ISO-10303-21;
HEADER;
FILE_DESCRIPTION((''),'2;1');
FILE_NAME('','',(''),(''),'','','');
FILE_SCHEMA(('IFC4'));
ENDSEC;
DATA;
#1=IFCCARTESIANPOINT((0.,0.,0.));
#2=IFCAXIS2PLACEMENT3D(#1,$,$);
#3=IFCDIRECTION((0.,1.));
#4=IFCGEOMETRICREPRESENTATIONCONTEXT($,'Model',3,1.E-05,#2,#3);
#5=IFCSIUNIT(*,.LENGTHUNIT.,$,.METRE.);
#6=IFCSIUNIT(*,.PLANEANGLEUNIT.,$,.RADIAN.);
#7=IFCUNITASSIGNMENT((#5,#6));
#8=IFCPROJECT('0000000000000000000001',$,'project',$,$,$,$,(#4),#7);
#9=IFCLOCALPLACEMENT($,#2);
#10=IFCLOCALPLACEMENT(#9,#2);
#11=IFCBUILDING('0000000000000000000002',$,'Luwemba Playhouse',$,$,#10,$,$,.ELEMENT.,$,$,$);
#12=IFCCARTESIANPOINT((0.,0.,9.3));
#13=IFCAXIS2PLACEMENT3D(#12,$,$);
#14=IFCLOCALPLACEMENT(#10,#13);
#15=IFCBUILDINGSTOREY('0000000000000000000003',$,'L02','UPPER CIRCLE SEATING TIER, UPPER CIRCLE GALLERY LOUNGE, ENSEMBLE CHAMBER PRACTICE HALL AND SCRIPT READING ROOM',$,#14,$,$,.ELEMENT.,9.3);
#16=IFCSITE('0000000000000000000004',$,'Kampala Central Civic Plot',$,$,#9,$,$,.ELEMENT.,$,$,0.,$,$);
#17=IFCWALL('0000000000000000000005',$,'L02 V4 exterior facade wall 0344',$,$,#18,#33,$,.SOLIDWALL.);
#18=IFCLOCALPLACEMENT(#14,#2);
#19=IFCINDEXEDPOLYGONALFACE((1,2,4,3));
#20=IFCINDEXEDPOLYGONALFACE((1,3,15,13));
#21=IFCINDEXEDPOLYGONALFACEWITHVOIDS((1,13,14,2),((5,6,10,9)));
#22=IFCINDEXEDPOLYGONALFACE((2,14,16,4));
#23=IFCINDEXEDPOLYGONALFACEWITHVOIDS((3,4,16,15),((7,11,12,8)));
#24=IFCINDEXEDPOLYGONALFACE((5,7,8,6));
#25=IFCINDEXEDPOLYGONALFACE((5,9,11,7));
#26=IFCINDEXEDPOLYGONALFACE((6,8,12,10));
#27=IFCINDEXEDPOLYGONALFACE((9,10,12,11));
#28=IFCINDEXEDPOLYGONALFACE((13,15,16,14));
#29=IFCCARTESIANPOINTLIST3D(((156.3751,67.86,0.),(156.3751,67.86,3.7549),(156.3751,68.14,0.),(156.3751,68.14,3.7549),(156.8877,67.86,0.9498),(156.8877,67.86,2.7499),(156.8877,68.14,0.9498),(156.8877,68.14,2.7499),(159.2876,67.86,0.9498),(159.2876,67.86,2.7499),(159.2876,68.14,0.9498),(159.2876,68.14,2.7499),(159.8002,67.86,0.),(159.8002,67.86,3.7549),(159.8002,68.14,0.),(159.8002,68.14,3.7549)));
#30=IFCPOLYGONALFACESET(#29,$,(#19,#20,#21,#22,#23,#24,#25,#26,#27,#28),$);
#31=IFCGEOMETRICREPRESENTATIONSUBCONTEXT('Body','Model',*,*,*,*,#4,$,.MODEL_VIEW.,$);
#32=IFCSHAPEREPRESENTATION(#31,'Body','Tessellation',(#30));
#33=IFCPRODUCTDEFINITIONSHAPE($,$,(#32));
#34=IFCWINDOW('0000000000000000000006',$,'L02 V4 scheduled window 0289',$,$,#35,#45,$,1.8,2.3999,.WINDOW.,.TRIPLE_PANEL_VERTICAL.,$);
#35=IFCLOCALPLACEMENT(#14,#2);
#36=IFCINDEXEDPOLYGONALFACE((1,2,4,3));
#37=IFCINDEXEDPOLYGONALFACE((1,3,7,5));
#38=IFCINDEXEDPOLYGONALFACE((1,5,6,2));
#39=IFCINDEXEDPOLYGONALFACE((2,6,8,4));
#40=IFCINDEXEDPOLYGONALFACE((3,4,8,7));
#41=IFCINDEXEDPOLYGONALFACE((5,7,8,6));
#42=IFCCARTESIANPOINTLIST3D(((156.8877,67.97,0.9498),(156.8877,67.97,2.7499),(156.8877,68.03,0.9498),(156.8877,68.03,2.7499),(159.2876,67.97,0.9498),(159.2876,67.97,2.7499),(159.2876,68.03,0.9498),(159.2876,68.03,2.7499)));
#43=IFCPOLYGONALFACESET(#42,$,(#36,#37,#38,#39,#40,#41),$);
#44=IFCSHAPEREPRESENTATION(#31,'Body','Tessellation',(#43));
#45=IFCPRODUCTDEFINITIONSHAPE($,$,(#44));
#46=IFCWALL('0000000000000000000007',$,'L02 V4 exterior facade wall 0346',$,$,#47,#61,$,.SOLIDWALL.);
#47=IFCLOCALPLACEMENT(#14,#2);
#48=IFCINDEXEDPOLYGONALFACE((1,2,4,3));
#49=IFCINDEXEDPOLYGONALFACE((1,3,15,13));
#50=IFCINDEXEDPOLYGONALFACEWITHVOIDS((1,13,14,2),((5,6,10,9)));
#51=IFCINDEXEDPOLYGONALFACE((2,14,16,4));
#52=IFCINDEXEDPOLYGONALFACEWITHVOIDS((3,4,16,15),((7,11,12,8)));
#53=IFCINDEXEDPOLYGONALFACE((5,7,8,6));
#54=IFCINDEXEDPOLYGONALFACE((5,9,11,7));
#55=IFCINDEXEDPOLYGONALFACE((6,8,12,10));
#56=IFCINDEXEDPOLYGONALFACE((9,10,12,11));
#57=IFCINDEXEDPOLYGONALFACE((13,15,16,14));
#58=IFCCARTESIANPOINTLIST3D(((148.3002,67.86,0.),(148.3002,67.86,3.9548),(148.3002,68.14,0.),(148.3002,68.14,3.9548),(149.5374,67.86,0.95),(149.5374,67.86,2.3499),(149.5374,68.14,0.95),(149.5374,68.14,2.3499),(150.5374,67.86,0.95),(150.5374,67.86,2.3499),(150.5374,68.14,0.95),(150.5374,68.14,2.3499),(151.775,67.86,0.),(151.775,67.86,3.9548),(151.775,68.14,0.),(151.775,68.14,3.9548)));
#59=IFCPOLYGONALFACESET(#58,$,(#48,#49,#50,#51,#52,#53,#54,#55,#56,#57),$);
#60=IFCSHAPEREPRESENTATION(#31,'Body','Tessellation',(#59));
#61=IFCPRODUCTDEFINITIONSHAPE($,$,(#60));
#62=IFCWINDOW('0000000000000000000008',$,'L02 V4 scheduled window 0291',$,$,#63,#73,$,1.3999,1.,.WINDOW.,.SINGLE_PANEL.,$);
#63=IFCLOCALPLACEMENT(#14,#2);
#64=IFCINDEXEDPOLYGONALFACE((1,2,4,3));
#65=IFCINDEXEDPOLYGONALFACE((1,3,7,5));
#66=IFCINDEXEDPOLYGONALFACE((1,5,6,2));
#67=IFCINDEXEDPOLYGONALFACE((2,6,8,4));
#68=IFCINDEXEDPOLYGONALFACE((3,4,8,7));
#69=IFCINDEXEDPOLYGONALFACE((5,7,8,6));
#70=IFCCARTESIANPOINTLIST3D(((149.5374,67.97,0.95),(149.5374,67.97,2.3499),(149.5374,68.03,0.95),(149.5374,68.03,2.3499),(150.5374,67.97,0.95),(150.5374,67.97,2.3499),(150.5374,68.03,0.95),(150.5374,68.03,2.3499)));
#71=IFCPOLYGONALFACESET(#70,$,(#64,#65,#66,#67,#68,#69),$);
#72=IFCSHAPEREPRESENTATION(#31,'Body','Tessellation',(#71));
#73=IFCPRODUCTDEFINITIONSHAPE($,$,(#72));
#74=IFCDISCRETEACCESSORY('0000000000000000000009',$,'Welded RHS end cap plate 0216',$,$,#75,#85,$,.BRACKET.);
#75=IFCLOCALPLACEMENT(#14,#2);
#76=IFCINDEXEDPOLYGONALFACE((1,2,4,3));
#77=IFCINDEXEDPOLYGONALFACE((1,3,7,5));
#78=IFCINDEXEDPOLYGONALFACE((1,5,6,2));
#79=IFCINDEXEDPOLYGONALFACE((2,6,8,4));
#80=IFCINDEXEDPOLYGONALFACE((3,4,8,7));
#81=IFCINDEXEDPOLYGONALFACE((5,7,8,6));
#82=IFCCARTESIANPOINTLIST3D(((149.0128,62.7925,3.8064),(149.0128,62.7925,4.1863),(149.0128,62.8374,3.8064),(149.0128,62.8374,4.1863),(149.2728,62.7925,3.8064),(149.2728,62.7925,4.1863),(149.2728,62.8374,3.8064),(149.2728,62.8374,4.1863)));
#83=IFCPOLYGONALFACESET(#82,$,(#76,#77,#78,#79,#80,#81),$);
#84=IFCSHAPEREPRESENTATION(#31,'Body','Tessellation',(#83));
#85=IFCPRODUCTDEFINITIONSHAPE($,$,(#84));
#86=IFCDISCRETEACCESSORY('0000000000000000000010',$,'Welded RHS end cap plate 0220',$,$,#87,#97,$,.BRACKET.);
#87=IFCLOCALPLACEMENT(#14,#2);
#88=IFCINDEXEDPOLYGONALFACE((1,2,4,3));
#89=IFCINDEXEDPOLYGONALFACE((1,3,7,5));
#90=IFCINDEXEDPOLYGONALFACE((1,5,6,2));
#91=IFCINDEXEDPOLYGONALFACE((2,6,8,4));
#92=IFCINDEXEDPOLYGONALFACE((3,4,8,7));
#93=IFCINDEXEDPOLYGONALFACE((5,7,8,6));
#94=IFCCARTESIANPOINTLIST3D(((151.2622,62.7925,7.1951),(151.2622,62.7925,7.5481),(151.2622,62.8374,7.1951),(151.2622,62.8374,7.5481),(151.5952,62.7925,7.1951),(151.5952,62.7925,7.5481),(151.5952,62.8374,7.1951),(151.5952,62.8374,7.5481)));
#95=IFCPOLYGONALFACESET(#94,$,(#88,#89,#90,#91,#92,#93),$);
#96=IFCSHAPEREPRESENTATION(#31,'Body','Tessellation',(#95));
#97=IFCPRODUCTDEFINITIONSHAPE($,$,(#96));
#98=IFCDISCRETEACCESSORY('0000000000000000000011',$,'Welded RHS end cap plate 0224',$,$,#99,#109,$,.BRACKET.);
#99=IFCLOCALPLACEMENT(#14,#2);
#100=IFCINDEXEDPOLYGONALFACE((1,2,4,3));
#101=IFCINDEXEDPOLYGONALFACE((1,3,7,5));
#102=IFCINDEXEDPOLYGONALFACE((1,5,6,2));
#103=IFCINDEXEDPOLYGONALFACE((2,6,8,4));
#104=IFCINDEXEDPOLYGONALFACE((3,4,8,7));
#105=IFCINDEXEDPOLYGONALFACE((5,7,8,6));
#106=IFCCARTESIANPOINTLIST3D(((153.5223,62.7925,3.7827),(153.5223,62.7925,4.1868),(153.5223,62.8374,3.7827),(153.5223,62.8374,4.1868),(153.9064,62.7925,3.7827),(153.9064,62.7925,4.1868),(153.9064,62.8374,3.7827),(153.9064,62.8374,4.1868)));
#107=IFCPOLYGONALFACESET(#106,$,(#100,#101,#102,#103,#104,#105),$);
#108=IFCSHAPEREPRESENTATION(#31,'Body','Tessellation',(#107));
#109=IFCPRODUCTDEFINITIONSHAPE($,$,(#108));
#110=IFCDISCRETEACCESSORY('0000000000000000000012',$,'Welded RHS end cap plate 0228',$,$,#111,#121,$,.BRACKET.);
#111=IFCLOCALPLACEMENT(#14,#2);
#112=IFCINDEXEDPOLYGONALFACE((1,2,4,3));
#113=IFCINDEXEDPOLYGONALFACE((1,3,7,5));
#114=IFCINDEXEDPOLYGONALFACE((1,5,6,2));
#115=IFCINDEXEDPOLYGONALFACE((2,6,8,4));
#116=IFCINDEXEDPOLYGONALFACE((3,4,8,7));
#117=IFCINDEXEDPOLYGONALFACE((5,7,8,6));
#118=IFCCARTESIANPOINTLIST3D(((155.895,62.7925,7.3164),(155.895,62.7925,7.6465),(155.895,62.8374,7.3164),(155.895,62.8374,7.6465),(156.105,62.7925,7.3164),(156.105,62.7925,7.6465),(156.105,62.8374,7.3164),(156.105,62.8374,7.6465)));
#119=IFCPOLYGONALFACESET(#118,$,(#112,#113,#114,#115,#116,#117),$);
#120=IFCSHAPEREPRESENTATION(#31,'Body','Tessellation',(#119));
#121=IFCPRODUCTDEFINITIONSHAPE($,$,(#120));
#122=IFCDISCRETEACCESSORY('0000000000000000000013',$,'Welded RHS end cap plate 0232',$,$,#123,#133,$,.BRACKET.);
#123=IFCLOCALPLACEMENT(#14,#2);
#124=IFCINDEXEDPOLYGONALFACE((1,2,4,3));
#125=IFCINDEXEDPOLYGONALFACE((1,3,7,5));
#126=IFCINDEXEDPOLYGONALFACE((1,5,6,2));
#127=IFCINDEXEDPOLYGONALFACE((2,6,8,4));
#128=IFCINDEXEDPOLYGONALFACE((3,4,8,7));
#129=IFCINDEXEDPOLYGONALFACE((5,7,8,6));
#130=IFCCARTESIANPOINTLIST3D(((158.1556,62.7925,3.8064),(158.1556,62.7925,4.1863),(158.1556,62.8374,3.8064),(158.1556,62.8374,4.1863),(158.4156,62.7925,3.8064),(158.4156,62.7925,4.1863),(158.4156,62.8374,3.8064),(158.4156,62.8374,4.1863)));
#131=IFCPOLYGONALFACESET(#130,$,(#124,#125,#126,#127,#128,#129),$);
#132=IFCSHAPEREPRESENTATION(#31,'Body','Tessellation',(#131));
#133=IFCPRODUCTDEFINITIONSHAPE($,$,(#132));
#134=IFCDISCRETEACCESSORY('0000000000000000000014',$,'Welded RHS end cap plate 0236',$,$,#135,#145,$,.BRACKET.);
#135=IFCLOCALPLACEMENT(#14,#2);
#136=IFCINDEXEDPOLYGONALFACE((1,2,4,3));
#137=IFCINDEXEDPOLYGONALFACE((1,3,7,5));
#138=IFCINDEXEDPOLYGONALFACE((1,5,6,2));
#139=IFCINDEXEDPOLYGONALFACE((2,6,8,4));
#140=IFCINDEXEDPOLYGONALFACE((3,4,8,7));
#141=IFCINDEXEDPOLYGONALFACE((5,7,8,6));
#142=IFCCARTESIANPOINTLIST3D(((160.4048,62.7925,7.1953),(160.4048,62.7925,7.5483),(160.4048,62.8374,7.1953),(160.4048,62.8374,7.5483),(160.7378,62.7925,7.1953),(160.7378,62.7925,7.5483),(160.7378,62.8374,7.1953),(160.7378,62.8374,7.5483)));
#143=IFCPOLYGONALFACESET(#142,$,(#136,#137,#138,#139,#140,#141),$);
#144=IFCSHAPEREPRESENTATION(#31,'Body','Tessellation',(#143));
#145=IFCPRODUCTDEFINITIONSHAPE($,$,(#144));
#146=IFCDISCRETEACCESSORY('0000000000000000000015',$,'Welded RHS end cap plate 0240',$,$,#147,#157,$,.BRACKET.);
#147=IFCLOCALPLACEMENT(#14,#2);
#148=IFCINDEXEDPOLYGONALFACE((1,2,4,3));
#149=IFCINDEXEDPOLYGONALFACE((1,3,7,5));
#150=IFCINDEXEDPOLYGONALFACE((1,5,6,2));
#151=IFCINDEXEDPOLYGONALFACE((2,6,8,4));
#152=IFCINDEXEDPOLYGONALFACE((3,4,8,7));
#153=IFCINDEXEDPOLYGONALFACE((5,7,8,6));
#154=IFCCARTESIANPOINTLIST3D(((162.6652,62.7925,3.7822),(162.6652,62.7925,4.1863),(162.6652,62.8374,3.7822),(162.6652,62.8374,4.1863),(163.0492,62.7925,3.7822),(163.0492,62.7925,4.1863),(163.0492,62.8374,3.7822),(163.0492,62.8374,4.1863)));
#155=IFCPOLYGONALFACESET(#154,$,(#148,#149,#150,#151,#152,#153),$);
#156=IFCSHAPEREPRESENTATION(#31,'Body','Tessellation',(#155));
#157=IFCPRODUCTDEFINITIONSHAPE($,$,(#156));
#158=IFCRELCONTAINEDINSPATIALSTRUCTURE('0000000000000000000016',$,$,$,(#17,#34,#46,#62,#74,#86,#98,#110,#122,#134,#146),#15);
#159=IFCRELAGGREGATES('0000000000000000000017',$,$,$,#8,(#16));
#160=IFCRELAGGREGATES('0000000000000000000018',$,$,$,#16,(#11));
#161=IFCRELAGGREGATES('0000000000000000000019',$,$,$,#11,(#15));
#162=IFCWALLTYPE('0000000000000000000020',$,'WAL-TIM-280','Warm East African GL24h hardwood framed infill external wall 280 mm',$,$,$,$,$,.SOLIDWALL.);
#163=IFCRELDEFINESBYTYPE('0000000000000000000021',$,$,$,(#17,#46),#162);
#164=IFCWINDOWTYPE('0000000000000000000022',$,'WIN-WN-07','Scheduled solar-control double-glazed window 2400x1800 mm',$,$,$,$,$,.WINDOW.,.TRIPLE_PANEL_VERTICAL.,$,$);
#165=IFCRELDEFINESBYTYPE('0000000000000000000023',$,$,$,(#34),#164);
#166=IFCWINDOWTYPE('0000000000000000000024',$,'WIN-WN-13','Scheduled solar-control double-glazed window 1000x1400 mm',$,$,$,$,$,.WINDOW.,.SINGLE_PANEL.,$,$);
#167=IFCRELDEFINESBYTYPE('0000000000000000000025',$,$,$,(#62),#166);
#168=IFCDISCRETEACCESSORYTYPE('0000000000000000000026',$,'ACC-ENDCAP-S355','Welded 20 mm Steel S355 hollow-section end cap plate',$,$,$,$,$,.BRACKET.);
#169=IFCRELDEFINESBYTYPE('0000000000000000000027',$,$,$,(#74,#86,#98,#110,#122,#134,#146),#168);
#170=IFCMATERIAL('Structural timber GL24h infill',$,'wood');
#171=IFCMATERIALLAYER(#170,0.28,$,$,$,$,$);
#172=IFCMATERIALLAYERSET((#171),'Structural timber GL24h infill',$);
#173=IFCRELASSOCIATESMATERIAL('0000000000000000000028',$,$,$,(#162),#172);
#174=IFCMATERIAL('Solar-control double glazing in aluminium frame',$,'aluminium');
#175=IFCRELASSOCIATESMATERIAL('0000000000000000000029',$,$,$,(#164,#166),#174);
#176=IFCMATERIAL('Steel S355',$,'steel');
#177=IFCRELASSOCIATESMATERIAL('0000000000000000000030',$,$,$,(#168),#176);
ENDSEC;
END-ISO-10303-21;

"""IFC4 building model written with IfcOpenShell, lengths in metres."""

from ifc_helpers import new_model, si_unit, direction, frame, frame_2d, origin, origin_2d, place, context, subcontext, project, spatial, rectangle, extrude, material, layer, layer_set, type_object, element, fill, save


model = new_model("IFC4")

# Units and contexts
model_context = context("Model", 3, precision=1e-05, world=origin(), true_north=direction((0.0, 1.0)))
body_context = subcontext(model_context, "Body", "Model", "MODEL_VIEW")
ifc_project = project(units=[si_unit("LENGTHUNIT", "METRE"), si_unit("PLANEANGLEUNIT", "RADIAN")], contexts=[model_context])

# Site, building, storey
site_placement = place(None, origin())
site = spatial("IfcSite", under=ifc_project, at=site_placement, Name="Kampala Central Civic Plot", CompositionType="ELEMENT", RefElevation=0.0)
building_placement = place(site_placement, origin())
building = spatial("IfcBuilding", under=site, at=building_placement, Name="Luwemba Playhouse", CompositionType="ELEMENT")
storey_placement = place(building_placement, frame((0.0, 0.0, 9.3)))
storey = spatial("IfcBuildingStorey", under=building, at=storey_placement, Name="L02", Description="UPPER CIRCLE SEATING TIER, UPPER CIRCLE GALLERY LOUNGE, ENSEMBLE CHAMBER PRACTICE HALL AND SCRIPT READING ROOM", CompositionType="ELEMENT", Elevation=9.3)

# Shared definitions
ifc_material_1 = material(Name="Steel S355", Category="steel")

# Shared definitions
ifc_material_2 = material(Name="Solar-control double glazing in aluminium frame", Category="aluminium")

# Walls, openings, windows
ifc_material_3 = material(Name="Structural timber GL24h infill", Category="wood")
ifc_layer_1 = layer(ifc_material_3, 0.28)
ifc_layer_set_1 = layer_set([ifc_layer_1], Name="Structural timber GL24h infill")
wall_type_1 = type_object("IfcWallType", Name="WAL-TIM-280", Description="Warm East African GL24h hardwood framed infill external wall 280 mm", PredefinedType="SOLIDWALL", material=ifc_layer_set_1)
wall_1_placement = place(storey_placement, frame((159.8, 68.0, 0.0), z_axis=(0.0, 0.0, 1.0), x_axis=(-1.0, 0.0, 0.0)))
wall_1 = element("IfcWall", 1, at=wall_1_placement, inside=storey, type_object=wall_type_1, Name="L02 V4 exterior facade wall 0344", PredefinedType="SOLIDWALL", context=body_context, shape_type="SweptSolid", body=[
    extrude(rectangle(XDim=3.425, YDim=0.28, at=frame_2d((1.7124, 0.0))), origin(), (0.0, 0.0, 1.0), 3.7549),
])
opening_1_placement = place(wall_1_placement, frame((0.5125, 0.0, 0.95)))
opening_1 = element("IfcOpeningElement", 2, at=opening_1_placement, cuts=wall_1, PredefinedType="OPENING", context=body_context, shape_type="SweptSolid", body=[
    extrude(rectangle(XDim=2.3999, YDim=1.8, at=frame_2d((1.2, 0.8999))), frame((0.0, 0.1499, 0.0), z_axis=(0.0, -1.0, 0.0), x_axis=(1.0, 0.0, 0.0)), (0.0, 0.0, 1.0), 0.3),
])
window_type_1 = type_object("IfcWindowType", Name="WIN-WN-07", Description="Scheduled solar-control double-glazed window 2400x1800 mm", PartitioningType="TRIPLE_PANEL_VERTICAL", PredefinedType="WINDOW", material=ifc_material_2)
window_1_placement = place(opening_1_placement, origin())
window_1 = element("IfcWindow", 3, at=window_1_placement, inside=storey, type_object=window_type_1, Name="L02 V4 scheduled window 0289", OverallHeight=1.8, OverallWidth=2.3999, PartitioningType="TRIPLE_PANEL_VERTICAL", PredefinedType="WINDOW", context=body_context, shape_type="SweptSolid", body=[
    extrude(rectangle(XDim=2.3999, YDim=1.8, at=frame_2d((1.2, 0.8999))), frame((0.0, 0.03, 0.0), z_axis=(0.0, -1.0, 0.0), x_axis=(1.0, 0.0, 0.0)), (0.0, 0.0, 1.0), 0.0601),
])
fill(opening_1, window_1)
wall_2_placement = place(storey_placement, frame((151.7749, 68.0, 0.0), z_axis=(0.0, 0.0, 1.0), x_axis=(-1.0, 0.0, 0.0)))
wall_2 = element("IfcWall", 4, at=wall_2_placement, inside=storey, type_object=wall_type_1, Name="L02 V4 exterior facade wall 0346", PredefinedType="SOLIDWALL", context=body_context, shape_type="SweptSolid", body=[
    extrude(rectangle(XDim=3.4749, YDim=0.28, at=frame_2d((1.7373, 0.0))), origin(), (0.0, 0.0, 1.0), 3.9548),
])
opening_2_placement = place(wall_2_placement, frame((1.2375, 0.0, 0.95)))
opening_2 = element("IfcOpeningElement", 5, at=opening_2_placement, cuts=wall_2, PredefinedType="OPENING", context=body_context, shape_type="SweptSolid", body=[
    extrude(rectangle(XDim=1.0, YDim=1.3999, at=frame_2d((0.5, 0.7))), frame((0.0, 0.1499, 0.0), z_axis=(0.0, -1.0, 0.0), x_axis=(1.0, 0.0, 0.0)), (0.0, 0.0, 1.0), 0.3),
])
window_type_2 = type_object("IfcWindowType", Name="WIN-WN-13", Description="Scheduled solar-control double-glazed window 1000x1400 mm", PartitioningType="SINGLE_PANEL", PredefinedType="WINDOW", material=ifc_material_2)
window_2_placement = place(opening_2_placement, origin())
window_2 = element("IfcWindow", 6, at=window_2_placement, inside=storey, type_object=window_type_2, Name="L02 V4 scheduled window 0291", OverallHeight=1.3999, OverallWidth=1.0, PartitioningType="SINGLE_PANEL", PredefinedType="WINDOW", context=body_context, shape_type="SweptSolid", body=[
    extrude(rectangle(XDim=1.0, YDim=1.3999, at=frame_2d((0.5, 0.7))), frame((0.0, 0.03, 0.0), z_axis=(0.0, -1.0, 0.0), x_axis=(1.0, 0.0, 0.0)), (0.0, 0.0, 1.0), 0.0601),
])
fill(opening_2, window_2)

# Discrete accessories
discrete_accessory_type = type_object("IfcDiscreteAccessoryType", Name="ACC-ENDCAP-S355", Description="Welded 20 mm Steel S355 hollow-section end cap plate", PredefinedType="BRACKET", material=ifc_material_1)
discrete_accessory_1_placement = place(storey_placement, frame((149.1428, 62.8149, 3.8064), z_axis=(0.0, 0.0, 1.0), x_axis=(1.0, 0.0, 0.0)))
element("IfcDiscreteAccessory", 7, at=discrete_accessory_1_placement, inside=storey, type_object=discrete_accessory_type, Name="Welded RHS end cap plate 0216", PredefinedType="BRACKET", context=body_context, shape_type="SweptSolid", body=[
    extrude(rectangle(XDim=0.26, YDim=0.0449, at=origin_2d()), origin(), (0.0, 0.0, 1.0), 0.3799),
])
discrete_accessory_2_placement = place(storey_placement, frame((151.4287, 62.8149, 7.1951), z_axis=(0.0, 0.0, 1.0), x_axis=(1.0, 0.0, 0.0)))
element("IfcDiscreteAccessory", 8, at=discrete_accessory_2_placement, inside=storey, type_object=discrete_accessory_type, Name="Welded RHS end cap plate 0220", PredefinedType="BRACKET", context=body_context, shape_type="SweptSolid", body=[
    extrude(rectangle(XDim=0.333, YDim=0.0449, at=origin_2d()), origin(), (0.0, 0.0, 1.0), 0.353),
])
discrete_accessory_3_placement = place(storey_placement, frame((153.7144, 62.8149, 3.7827), z_axis=(0.0, 0.0, 1.0), x_axis=(1.0, 0.0, 0.0)))
element("IfcDiscreteAccessory", 9, at=discrete_accessory_3_placement, inside=storey, type_object=discrete_accessory_type, Name="Welded RHS end cap plate 0224", PredefinedType="BRACKET", context=body_context, shape_type="SweptSolid", body=[
    extrude(rectangle(XDim=0.384, YDim=0.0449, at=origin_2d()), origin(), (0.0, 0.0, 1.0), 0.4041),
])
discrete_accessory_4_placement = place(storey_placement, frame((156.0, 62.8149, 7.3164), z_axis=(0.0, 0.0, 1.0), x_axis=(1.0, 0.0, 0.0)))
element("IfcDiscreteAccessory", 10, at=discrete_accessory_4_placement, inside=storey, type_object=discrete_accessory_type, Name="Welded RHS end cap plate 0228", PredefinedType="BRACKET", context=body_context, shape_type="SweptSolid", body=[
    extrude(rectangle(XDim=0.21, YDim=0.0449, at=origin_2d()), origin(), (0.0, 0.0, 1.0), 0.3301),
])
discrete_accessory_5_placement = place(storey_placement, frame((158.2856, 62.8149, 3.8064), z_axis=(0.0, 0.0, 1.0), x_axis=(1.0, 0.0, 0.0)))
element("IfcDiscreteAccessory", 11, at=discrete_accessory_5_placement, inside=storey, type_object=discrete_accessory_type, Name="Welded RHS end cap plate 0232", PredefinedType="BRACKET", context=body_context, shape_type="SweptSolid", body=[
    extrude(rectangle(XDim=0.26, YDim=0.0449, at=origin_2d()), origin(), (0.0, 0.0, 1.0), 0.3799),
])
discrete_accessory_6_placement = place(storey_placement, frame((160.5713, 62.8149, 7.1953), z_axis=(0.0, 0.0, 1.0), x_axis=(1.0, 0.0, 0.0)))
element("IfcDiscreteAccessory", 12, at=discrete_accessory_6_placement, inside=storey, type_object=discrete_accessory_type, Name="Welded RHS end cap plate 0236", PredefinedType="BRACKET", context=body_context, shape_type="SweptSolid", body=[
    extrude(rectangle(XDim=0.333, YDim=0.0449, at=origin_2d()), origin(), (0.0, 0.0, 1.0), 0.353),
])
discrete_accessory_7_placement = place(storey_placement, frame((162.8572, 62.8149, 3.7822), z_axis=(0.0, 0.0, 1.0), x_axis=(1.0, 0.0, 0.0)))
element("IfcDiscreteAccessory", 13, at=discrete_accessory_7_placement, inside=storey, type_object=discrete_accessory_type, Name="Welded RHS end cap plate 0240", PredefinedType="BRACKET", context=body_context, shape_type="SweptSolid", body=[
    extrude(rectangle(XDim=0.384, YDim=0.0449, at=origin_2d()), origin(), (0.0, 0.0, 1.0), 0.4041),
])

save(model, "model.ifc")
